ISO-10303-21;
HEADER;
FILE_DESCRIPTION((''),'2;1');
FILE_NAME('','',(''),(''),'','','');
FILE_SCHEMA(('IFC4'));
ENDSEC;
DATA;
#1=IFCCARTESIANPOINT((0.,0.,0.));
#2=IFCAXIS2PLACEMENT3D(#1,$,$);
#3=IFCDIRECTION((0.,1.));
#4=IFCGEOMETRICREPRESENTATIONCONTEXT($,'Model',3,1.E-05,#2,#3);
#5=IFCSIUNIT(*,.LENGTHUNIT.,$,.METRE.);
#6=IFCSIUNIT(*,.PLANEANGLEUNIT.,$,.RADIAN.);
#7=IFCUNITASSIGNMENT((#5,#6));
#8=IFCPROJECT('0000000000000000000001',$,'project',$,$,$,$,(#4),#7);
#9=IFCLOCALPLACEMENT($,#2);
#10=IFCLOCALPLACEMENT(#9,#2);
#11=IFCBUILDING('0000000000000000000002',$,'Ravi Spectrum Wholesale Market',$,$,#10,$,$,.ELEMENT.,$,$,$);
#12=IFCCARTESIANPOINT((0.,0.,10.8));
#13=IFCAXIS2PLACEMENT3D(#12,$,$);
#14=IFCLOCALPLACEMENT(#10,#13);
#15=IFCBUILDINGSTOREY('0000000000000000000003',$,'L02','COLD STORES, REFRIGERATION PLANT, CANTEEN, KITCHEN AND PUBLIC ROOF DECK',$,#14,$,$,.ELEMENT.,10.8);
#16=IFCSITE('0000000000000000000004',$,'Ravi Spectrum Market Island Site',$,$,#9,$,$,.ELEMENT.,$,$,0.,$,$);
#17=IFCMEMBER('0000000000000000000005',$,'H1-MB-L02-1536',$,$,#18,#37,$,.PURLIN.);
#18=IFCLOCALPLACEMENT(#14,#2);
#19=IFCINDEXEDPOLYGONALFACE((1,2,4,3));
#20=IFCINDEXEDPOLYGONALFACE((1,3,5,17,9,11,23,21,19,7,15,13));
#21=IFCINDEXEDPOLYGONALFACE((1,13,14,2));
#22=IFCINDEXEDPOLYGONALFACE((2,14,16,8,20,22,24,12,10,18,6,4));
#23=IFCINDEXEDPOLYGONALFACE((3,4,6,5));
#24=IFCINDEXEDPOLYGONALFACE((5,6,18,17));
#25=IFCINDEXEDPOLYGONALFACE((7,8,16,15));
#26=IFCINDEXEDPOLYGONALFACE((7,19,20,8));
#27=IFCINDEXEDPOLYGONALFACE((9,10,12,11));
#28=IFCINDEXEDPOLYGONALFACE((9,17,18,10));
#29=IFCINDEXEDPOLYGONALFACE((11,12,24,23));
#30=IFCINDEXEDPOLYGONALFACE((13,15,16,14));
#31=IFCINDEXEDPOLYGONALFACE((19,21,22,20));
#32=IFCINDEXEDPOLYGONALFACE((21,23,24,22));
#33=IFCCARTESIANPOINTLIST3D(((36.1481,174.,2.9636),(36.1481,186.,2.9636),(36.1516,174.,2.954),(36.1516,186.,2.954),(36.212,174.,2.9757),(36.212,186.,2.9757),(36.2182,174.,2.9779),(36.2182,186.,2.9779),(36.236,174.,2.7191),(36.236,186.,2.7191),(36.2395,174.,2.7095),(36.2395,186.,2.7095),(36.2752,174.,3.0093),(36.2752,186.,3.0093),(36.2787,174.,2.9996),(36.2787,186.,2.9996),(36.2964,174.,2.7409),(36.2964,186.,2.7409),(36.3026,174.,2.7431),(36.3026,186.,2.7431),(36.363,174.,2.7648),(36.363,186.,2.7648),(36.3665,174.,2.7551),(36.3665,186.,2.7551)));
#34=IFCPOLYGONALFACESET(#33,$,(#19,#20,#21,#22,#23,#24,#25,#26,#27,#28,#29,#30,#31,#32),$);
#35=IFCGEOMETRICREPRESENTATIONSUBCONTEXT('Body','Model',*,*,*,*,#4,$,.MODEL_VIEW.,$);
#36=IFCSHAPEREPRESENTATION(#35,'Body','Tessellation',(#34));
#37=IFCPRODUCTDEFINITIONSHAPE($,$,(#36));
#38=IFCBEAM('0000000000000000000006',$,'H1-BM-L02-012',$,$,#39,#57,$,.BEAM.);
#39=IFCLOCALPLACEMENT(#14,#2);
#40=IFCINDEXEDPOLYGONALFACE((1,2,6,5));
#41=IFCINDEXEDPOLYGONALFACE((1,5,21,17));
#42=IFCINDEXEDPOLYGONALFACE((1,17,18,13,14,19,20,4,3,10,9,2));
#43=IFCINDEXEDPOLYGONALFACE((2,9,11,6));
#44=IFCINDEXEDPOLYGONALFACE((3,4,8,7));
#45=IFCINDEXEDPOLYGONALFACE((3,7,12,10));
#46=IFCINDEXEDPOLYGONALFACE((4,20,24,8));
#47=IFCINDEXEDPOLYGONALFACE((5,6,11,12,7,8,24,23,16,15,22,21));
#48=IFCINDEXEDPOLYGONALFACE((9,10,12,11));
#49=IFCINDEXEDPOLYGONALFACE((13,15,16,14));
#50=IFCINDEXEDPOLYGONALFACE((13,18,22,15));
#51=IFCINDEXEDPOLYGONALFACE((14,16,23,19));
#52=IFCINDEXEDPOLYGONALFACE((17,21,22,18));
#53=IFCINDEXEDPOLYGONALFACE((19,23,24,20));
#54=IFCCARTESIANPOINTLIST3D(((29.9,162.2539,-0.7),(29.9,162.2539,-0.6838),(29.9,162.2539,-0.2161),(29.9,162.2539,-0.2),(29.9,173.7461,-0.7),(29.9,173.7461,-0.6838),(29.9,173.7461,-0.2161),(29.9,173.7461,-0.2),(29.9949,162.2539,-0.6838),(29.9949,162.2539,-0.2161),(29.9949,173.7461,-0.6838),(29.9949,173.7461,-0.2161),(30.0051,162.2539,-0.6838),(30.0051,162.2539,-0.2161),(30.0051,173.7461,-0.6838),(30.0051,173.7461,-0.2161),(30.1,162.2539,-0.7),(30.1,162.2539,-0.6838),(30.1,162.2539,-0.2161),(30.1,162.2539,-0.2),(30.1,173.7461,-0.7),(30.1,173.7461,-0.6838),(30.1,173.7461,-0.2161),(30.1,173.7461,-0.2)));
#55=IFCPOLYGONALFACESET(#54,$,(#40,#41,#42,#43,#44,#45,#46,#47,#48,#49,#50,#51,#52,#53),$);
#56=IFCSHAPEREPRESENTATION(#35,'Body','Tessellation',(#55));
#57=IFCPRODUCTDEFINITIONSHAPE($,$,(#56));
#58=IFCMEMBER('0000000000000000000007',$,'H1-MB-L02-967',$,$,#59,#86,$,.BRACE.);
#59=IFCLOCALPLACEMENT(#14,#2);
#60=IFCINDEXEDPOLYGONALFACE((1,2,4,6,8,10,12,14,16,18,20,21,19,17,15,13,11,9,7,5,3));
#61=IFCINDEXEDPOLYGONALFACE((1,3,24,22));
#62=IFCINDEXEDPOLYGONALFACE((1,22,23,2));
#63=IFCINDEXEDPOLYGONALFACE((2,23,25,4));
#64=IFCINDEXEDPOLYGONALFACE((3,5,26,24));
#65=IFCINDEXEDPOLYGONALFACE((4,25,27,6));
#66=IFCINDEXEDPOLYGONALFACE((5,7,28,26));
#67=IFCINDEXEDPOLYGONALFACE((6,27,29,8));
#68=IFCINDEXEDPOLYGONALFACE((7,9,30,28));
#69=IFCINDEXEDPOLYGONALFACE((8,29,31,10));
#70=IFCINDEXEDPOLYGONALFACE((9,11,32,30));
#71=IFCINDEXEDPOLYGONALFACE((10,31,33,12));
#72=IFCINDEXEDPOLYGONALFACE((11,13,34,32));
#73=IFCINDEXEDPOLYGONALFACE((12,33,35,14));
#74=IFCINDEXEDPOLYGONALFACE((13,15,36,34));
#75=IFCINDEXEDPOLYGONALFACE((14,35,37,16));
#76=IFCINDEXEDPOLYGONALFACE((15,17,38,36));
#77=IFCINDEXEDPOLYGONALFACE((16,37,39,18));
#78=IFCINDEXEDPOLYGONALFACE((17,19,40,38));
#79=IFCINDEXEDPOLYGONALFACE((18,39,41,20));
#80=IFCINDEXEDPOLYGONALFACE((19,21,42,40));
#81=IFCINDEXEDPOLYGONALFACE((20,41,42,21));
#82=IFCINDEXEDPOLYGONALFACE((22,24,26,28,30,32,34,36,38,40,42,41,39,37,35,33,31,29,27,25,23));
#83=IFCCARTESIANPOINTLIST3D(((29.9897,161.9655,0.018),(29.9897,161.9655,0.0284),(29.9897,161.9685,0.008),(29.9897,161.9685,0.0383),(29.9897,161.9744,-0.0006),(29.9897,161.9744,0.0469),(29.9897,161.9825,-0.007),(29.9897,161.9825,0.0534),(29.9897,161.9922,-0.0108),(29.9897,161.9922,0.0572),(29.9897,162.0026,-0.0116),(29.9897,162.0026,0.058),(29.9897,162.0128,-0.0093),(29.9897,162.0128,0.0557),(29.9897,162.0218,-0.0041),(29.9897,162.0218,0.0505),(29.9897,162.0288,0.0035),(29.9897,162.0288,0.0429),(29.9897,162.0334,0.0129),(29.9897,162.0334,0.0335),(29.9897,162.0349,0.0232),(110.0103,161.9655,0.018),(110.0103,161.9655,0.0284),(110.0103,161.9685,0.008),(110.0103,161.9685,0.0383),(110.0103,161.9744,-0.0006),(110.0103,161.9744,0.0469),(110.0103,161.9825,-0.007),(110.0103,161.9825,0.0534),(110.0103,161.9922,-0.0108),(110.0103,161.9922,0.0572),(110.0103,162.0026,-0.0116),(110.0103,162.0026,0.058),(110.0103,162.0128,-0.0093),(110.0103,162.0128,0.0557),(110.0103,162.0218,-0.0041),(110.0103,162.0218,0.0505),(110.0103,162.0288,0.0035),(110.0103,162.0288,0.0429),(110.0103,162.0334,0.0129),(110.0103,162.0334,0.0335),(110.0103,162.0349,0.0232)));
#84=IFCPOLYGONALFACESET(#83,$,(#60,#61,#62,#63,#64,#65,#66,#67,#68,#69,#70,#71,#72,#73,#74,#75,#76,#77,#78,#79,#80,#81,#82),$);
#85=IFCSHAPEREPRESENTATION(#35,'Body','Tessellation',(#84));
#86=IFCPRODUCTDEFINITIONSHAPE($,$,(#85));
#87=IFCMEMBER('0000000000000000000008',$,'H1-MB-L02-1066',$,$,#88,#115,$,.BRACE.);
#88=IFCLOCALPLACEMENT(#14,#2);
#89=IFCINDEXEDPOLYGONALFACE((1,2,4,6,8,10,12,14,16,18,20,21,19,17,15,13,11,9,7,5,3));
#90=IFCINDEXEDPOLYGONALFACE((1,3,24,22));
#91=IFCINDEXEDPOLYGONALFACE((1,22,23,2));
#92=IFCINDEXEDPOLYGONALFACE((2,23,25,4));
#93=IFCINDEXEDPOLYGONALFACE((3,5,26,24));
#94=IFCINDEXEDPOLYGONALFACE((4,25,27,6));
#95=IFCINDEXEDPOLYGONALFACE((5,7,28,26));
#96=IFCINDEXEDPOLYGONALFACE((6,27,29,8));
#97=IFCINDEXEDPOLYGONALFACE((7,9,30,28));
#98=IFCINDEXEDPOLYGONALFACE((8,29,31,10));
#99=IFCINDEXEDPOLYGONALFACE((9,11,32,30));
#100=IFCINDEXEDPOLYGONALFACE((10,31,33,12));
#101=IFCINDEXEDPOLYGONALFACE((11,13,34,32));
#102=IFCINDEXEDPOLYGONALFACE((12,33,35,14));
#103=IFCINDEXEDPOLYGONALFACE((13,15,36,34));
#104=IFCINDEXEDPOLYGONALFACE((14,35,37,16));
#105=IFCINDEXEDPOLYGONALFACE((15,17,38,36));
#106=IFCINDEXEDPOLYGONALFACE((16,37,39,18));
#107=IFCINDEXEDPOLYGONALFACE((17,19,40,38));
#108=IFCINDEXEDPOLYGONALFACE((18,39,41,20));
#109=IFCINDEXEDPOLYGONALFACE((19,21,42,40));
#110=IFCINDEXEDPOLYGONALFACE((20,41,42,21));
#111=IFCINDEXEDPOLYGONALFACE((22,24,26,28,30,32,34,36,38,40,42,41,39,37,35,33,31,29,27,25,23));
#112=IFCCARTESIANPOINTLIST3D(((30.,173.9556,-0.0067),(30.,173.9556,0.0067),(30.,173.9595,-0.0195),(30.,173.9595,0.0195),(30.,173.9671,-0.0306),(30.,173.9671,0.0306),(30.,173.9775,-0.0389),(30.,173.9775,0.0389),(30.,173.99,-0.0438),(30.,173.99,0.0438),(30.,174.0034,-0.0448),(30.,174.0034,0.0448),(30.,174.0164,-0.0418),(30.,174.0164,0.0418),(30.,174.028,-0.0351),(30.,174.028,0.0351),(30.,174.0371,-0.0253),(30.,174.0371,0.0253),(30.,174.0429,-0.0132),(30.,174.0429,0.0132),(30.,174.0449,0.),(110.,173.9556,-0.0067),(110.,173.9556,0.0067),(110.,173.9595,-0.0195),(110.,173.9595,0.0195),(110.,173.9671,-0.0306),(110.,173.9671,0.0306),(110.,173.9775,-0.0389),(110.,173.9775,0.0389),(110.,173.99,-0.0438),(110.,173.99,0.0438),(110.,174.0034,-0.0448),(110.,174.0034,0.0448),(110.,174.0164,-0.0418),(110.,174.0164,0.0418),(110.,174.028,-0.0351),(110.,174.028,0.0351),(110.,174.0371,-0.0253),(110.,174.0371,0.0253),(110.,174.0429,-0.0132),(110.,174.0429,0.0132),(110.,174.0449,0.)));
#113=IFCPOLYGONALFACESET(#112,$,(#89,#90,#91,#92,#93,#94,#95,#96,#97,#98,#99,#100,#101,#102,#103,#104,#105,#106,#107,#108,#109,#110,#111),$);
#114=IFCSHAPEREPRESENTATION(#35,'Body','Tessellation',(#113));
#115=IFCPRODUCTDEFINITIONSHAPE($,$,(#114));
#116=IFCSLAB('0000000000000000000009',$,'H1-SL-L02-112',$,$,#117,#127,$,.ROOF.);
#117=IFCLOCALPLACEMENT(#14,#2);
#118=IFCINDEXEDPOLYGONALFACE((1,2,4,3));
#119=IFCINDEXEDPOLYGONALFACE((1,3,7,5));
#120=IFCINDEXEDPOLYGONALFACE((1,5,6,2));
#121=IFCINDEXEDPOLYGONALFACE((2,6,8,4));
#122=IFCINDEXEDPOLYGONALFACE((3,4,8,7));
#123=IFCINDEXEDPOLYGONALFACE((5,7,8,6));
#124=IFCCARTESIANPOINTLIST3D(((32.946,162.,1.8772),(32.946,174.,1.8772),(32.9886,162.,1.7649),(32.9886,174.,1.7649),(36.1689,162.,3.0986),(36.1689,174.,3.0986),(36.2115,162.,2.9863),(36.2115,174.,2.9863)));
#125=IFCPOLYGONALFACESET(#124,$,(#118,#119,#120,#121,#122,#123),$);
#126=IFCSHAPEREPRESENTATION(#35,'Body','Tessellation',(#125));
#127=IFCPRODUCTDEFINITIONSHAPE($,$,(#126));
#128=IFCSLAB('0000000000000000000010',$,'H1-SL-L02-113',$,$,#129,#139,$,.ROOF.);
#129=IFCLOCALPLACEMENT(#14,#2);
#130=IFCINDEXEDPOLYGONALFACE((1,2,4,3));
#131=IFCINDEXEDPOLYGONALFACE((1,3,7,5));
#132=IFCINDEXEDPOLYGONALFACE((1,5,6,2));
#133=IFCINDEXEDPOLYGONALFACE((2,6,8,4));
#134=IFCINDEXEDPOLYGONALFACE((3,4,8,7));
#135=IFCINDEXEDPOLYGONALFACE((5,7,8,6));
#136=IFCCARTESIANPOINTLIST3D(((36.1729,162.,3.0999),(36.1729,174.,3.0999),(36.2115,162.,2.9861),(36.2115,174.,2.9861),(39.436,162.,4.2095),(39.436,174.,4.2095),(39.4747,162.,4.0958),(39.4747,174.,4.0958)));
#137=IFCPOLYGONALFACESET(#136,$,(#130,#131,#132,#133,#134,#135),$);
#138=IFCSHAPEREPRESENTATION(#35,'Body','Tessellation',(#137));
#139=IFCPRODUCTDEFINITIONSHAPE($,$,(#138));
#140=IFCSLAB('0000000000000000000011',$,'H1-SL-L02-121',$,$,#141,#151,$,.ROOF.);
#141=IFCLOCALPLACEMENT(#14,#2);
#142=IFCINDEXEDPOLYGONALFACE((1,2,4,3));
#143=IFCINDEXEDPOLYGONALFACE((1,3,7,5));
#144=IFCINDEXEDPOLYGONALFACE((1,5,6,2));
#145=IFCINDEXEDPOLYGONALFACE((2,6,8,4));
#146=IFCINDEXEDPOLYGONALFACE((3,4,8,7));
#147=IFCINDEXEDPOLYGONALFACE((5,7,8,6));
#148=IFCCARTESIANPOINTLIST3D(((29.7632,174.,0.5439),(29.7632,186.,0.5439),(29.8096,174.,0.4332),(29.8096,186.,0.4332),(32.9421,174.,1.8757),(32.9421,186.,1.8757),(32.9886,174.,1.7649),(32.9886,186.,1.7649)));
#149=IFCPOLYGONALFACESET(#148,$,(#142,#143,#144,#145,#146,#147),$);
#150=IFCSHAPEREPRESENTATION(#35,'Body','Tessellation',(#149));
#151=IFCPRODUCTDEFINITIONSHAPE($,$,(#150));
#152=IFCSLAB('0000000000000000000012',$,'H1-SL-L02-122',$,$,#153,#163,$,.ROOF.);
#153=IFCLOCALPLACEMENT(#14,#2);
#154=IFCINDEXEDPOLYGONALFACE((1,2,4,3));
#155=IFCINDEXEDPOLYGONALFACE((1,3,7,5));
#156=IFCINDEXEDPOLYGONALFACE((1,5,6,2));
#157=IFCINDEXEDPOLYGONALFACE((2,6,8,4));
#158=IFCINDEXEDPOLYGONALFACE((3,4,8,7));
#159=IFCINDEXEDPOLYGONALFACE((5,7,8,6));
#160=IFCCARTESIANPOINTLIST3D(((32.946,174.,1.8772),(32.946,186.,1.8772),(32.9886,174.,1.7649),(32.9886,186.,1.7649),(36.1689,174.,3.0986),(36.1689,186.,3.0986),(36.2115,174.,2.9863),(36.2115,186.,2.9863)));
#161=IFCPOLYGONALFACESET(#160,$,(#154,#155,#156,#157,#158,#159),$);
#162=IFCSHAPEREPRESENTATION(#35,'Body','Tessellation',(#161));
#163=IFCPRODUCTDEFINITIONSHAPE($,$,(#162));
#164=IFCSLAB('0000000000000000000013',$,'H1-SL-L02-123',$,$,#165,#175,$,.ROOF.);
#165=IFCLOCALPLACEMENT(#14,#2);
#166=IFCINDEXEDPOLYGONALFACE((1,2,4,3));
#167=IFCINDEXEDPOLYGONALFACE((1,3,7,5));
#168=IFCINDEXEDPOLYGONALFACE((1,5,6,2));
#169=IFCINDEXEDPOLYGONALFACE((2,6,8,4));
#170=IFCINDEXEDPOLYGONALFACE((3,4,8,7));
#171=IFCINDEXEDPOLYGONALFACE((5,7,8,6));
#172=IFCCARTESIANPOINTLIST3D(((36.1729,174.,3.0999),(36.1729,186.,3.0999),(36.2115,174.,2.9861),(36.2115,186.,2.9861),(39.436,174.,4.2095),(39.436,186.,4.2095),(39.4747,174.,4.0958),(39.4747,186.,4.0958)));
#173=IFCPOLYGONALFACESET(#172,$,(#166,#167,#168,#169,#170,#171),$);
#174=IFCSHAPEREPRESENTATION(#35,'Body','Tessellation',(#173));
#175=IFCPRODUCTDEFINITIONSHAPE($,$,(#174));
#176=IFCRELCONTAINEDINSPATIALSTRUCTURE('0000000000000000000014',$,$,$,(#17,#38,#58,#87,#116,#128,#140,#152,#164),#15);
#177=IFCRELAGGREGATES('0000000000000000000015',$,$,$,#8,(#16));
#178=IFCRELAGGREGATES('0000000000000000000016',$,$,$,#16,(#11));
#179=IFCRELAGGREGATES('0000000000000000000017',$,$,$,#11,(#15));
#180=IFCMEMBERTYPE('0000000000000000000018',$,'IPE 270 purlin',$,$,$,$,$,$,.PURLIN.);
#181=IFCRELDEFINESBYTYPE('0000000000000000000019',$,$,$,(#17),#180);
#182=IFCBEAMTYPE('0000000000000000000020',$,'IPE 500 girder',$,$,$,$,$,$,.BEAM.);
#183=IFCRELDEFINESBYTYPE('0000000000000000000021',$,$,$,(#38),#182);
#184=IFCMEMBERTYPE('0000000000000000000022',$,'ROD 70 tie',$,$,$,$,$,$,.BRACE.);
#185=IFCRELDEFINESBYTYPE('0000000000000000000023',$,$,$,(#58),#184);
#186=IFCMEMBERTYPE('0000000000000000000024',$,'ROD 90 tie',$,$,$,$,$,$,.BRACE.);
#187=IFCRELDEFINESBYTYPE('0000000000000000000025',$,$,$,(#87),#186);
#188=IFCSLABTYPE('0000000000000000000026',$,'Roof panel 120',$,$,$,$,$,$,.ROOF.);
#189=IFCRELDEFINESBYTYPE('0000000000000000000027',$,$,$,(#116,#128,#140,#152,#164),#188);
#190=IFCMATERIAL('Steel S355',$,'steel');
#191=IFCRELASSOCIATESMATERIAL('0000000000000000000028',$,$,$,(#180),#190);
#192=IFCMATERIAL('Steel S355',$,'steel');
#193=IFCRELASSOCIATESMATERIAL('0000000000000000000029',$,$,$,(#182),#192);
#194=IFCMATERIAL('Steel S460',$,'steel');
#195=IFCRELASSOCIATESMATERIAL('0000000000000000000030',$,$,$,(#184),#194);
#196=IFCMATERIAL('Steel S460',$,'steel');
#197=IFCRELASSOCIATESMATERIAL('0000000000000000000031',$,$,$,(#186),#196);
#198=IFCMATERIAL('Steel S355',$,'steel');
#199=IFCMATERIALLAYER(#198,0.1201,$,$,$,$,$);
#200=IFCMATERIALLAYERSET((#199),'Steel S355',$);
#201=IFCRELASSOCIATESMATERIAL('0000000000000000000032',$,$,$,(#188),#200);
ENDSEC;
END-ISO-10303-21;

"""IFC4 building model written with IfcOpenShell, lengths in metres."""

from ifc_helpers import new_model, si_unit, direction, frame, origin, origin_2d, place, context, subcontext, project, spatial, polyline, circle, i_section, outline, extrude, material, layer, layer_set, material_profile, profile_set, type_object, element, save


model = new_model("IFC4")

# Units and contexts
model_context = context("Model", 3, precision=1e-05, world=origin(), true_north=direction((0.0, 1.0)))
body_context = subcontext(model_context, "Body", "Model", "MODEL_VIEW")
ifc_project = project(units=[si_unit("LENGTHUNIT", "METRE"), si_unit("PLANEANGLEUNIT", "RADIAN")], contexts=[model_context])

# Site, building, storey
site_placement = place(None, origin())
site = spatial("IfcSite", under=ifc_project, at=site_placement, Name="Ravi Spectrum Market Island Site", CompositionType="ELEMENT", RefElevation=0.0)
building_placement = place(site_placement, origin())
building = spatial("IfcBuilding", under=site, at=building_placement, Name="Ravi Spectrum Wholesale Market", CompositionType="ELEMENT")
storey_placement = place(building_placement, frame((0.0, 0.0, 10.8)))
storey = spatial("IfcBuildingStorey", under=building, at=storey_placement, Name="L02", Description="COLD STORES, REFRIGERATION PLANT, CANTEEN, KITCHEN AND PUBLIC ROOF DECK", CompositionType="ELEMENT", Elevation=10.8)

# Member
ifc_material_1 = material(Name="Steel S355", Category="steel")
ifc_material_profile_1 = material_profile(ifc_material_1, i_section(OverallWidth=0.135, OverallDepth=0.27, WebThickness=0.0066, FlangeThickness=0.0103, at=origin_2d()))
ifc_profile_set_1 = profile_set([ifc_material_profile_1], Name="Steel S355")
member_type_1 = type_object("IfcMemberType", Name="IPE 270 purlin", PredefinedType="PURLIN", material=ifc_profile_set_1)
for number, where, z_axis, x_axis, name in (
    (1, (36.2573, 174.0, 2.8594), (0.0, 1.0, 0.0), (-0.94108, 0.0, -0.338184), "H1-MB-L02-1536"),
):
    element("IfcMember", number, at=place(storey_placement, frame(where, z_axis=z_axis, x_axis=x_axis)), inside=storey, type_object=member_type_1, Name=name, PredefinedType="PURLIN", context=body_context, shape_type="SweptSolid", body=[
        extrude(i_section(OverallWidth=0.135, OverallDepth=0.27, WebThickness=0.0066, FlangeThickness=0.0103, at=origin_2d()), origin(), (0.0, 0.0, 1.0), 12.0),
    ])

# Beam
ifc_material_2 = material(Name="Steel S355", Category="steel")
ifc_material_profile_2 = material_profile(ifc_material_2, i_section(OverallWidth=0.2, OverallDepth=0.5, WebThickness=0.0103, FlangeThickness=0.0161, at=origin_2d()))
ifc_profile_set_2 = profile_set([ifc_material_profile_2], Name="Steel S355")
beam_type = type_object("IfcBeamType", Name="IPE 500 girder", PredefinedType="BEAM", material=ifc_profile_set_2)
beam_placement = place(storey_placement, frame((30.0, 162.2539, -0.45), z_axis=(0.0, 1.0, 0.0), x_axis=(-1.0, 0.0, 0.0)))
element("IfcBeam", 2, at=beam_placement, inside=storey, type_object=beam_type, Name="H1-BM-L02-012", PredefinedType="BEAM", context=body_context, shape_type="SweptSolid", body=[
    extrude(i_section(OverallWidth=0.2, OverallDepth=0.5, WebThickness=0.0103, FlangeThickness=0.0161, at=origin_2d()), origin(), (0.0, 0.0, 1.0), 11.4922),
])

# Members
ifc_material_3 = material(Name="Steel S460", Category="steel")
ifc_material_profile_3 = material_profile(ifc_material_3, circle(Radius=0.0349, at=origin_2d()))
ifc_profile_set_3 = profile_set([ifc_material_profile_3], Name="Steel S460")
member_type_2 = type_object("IfcMemberType", Name="ROD 70 tie", PredefinedType="BRACE", material=ifc_profile_set_3)
member_1_placement = place(storey_placement, frame((29.9897, 162.0, 0.0232), z_axis=(1.0, 0.0, 0.0), x_axis=(0.0, 1.0, 0.0)))
element("IfcMember", 3, at=member_1_placement, inside=storey, type_object=member_type_2, Name="H1-MB-L02-967", PredefinedType="BRACE", context=body_context, shape_type="SweptSolid", body=[
    extrude(circle(Radius=0.0349, at=origin_2d()), origin(), (0.0, 0.0, 1.0), 80.0205),
])
ifc_material_4 = material(Name="Steel S460", Category="steel")
ifc_material_profile_4 = material_profile(ifc_material_4, circle(Radius=0.0449, at=origin_2d()))
ifc_profile_set_4 = profile_set([ifc_material_profile_4], Name="Steel S460")
member_type_3 = type_object("IfcMemberType", Name="ROD 90 tie", PredefinedType="BRACE", material=ifc_profile_set_4)
member_2_placement = place(storey_placement, frame((30.0, 174.0, 0.0), z_axis=(1.0, 0.0, 0.0), x_axis=(0.0, 1.0, 0.0)))
element("IfcMember", 4, at=member_2_placement, inside=storey, type_object=member_type_3, Name="H1-MB-L02-1066", PredefinedType="BRACE", context=body_context, shape_type="SweptSolid", body=[
    extrude(circle(Radius=0.0449, at=origin_2d()), origin(), (0.0, 0.0, 1.0), 80.0),
])

# Slabs
ifc_material_5 = material(Name="Steel S355", Category="steel")
ifc_layer_1 = layer(ifc_material_5, 0.1201)
ifc_layer_set_1 = layer_set([ifc_layer_1], Name="Steel S355")
slab_type = type_object("IfcSlabType", Name="Roof panel 120", PredefinedType="ROOF", material=ifc_layer_set_1)
slab_1_placement = place(storey_placement, frame((32.946, 162.0, 1.8772), z_axis=(-0.354389, 0.0, 0.935098), x_axis=(0.935098, 0.0, 0.354389)))
element("IfcSlab", 5, at=slab_1_placement, inside=storey, type_object=slab_type, Name="H1-SL-L02-112", PredefinedType="ROOF", context=body_context, shape_type="SweptSolid", body=[
    extrude(outline(polyline([(0.0, 0.0), (3.4466, 0.0), (3.4466, 12.0), (0.0, 12.0), (0.0, 0.0)])), origin(), (0.0, 0.0, -1.0), 0.1201),
])
slab_2_placement = place(storey_placement, frame((36.1729, 162.0, 3.0999), z_axis=(-0.321938, 0.0, 0.946761), x_axis=(0.946761, 0.0, 0.321938)))
element("IfcSlab", 6, at=slab_2_placement, inside=storey, type_object=slab_type, Name="H1-SL-L02-113", PredefinedType="ROOF", context=body_context, shape_type="SweptSolid", body=[
    extrude(outline(polyline([(0.0, 0.0), (3.4467, 0.0), (3.4467, 12.0), (0.0, 12.0), (0.0, 0.0)])), origin(), (0.0, 0.0, -1.0), 0.1201),
])
slab_3_placement = place(storey_placement, frame((29.7632, 174.0, 0.5439), z_axis=(-0.3864, 0.0, 0.922331), x_axis=(0.922331, 0.0, 0.3864)))
element("IfcSlab", 7, at=slab_3_placement, inside=storey, type_object=slab_type, Name="H1-SL-L02-121", PredefinedType="ROOF", context=body_context, shape_type="SweptSolid", body=[
    extrude(outline(polyline([(0.0, 0.0), (3.4467, 0.0), (3.4467, 12.0), (0.0, 12.0), (0.0, 0.0)])), origin(), (0.0, 0.0, -1.0), 0.1201),
])
slab_4_placement = place(storey_placement, frame((32.946, 174.0, 1.8772), z_axis=(-0.354389, 0.0, 0.935098), x_axis=(0.935098, 0.0, 0.354389)))
element("IfcSlab", 8, at=slab_4_placement, inside=storey, type_object=slab_type, Name="H1-SL-L02-122", PredefinedType="ROOF", context=body_context, shape_type="SweptSolid", body=[
    extrude(outline(polyline([(0.0, 0.0), (3.4466, 0.0), (3.4466, 12.0), (0.0, 12.0), (0.0, 0.0)])), origin(), (0.0, 0.0, -1.0), 0.1201),
])
slab_5_placement = place(storey_placement, frame((36.1729, 174.0, 3.0999), z_axis=(-0.321938, 0.0, 0.946761), x_axis=(0.946761, 0.0, 0.321938)))
element("IfcSlab", 9, at=slab_5_placement, inside=storey, type_object=slab_type, Name="H1-SL-L02-123", PredefinedType="ROOF", context=body_context, shape_type="SweptSolid", body=[
    extrude(outline(polyline([(0.0, 0.0), (3.4467, 0.0), (3.4467, 12.0), (0.0, 12.0), (0.0, 0.0)])), origin(), (0.0, 0.0, -1.0), 0.1201),
])

save(model, "model.ifc")
